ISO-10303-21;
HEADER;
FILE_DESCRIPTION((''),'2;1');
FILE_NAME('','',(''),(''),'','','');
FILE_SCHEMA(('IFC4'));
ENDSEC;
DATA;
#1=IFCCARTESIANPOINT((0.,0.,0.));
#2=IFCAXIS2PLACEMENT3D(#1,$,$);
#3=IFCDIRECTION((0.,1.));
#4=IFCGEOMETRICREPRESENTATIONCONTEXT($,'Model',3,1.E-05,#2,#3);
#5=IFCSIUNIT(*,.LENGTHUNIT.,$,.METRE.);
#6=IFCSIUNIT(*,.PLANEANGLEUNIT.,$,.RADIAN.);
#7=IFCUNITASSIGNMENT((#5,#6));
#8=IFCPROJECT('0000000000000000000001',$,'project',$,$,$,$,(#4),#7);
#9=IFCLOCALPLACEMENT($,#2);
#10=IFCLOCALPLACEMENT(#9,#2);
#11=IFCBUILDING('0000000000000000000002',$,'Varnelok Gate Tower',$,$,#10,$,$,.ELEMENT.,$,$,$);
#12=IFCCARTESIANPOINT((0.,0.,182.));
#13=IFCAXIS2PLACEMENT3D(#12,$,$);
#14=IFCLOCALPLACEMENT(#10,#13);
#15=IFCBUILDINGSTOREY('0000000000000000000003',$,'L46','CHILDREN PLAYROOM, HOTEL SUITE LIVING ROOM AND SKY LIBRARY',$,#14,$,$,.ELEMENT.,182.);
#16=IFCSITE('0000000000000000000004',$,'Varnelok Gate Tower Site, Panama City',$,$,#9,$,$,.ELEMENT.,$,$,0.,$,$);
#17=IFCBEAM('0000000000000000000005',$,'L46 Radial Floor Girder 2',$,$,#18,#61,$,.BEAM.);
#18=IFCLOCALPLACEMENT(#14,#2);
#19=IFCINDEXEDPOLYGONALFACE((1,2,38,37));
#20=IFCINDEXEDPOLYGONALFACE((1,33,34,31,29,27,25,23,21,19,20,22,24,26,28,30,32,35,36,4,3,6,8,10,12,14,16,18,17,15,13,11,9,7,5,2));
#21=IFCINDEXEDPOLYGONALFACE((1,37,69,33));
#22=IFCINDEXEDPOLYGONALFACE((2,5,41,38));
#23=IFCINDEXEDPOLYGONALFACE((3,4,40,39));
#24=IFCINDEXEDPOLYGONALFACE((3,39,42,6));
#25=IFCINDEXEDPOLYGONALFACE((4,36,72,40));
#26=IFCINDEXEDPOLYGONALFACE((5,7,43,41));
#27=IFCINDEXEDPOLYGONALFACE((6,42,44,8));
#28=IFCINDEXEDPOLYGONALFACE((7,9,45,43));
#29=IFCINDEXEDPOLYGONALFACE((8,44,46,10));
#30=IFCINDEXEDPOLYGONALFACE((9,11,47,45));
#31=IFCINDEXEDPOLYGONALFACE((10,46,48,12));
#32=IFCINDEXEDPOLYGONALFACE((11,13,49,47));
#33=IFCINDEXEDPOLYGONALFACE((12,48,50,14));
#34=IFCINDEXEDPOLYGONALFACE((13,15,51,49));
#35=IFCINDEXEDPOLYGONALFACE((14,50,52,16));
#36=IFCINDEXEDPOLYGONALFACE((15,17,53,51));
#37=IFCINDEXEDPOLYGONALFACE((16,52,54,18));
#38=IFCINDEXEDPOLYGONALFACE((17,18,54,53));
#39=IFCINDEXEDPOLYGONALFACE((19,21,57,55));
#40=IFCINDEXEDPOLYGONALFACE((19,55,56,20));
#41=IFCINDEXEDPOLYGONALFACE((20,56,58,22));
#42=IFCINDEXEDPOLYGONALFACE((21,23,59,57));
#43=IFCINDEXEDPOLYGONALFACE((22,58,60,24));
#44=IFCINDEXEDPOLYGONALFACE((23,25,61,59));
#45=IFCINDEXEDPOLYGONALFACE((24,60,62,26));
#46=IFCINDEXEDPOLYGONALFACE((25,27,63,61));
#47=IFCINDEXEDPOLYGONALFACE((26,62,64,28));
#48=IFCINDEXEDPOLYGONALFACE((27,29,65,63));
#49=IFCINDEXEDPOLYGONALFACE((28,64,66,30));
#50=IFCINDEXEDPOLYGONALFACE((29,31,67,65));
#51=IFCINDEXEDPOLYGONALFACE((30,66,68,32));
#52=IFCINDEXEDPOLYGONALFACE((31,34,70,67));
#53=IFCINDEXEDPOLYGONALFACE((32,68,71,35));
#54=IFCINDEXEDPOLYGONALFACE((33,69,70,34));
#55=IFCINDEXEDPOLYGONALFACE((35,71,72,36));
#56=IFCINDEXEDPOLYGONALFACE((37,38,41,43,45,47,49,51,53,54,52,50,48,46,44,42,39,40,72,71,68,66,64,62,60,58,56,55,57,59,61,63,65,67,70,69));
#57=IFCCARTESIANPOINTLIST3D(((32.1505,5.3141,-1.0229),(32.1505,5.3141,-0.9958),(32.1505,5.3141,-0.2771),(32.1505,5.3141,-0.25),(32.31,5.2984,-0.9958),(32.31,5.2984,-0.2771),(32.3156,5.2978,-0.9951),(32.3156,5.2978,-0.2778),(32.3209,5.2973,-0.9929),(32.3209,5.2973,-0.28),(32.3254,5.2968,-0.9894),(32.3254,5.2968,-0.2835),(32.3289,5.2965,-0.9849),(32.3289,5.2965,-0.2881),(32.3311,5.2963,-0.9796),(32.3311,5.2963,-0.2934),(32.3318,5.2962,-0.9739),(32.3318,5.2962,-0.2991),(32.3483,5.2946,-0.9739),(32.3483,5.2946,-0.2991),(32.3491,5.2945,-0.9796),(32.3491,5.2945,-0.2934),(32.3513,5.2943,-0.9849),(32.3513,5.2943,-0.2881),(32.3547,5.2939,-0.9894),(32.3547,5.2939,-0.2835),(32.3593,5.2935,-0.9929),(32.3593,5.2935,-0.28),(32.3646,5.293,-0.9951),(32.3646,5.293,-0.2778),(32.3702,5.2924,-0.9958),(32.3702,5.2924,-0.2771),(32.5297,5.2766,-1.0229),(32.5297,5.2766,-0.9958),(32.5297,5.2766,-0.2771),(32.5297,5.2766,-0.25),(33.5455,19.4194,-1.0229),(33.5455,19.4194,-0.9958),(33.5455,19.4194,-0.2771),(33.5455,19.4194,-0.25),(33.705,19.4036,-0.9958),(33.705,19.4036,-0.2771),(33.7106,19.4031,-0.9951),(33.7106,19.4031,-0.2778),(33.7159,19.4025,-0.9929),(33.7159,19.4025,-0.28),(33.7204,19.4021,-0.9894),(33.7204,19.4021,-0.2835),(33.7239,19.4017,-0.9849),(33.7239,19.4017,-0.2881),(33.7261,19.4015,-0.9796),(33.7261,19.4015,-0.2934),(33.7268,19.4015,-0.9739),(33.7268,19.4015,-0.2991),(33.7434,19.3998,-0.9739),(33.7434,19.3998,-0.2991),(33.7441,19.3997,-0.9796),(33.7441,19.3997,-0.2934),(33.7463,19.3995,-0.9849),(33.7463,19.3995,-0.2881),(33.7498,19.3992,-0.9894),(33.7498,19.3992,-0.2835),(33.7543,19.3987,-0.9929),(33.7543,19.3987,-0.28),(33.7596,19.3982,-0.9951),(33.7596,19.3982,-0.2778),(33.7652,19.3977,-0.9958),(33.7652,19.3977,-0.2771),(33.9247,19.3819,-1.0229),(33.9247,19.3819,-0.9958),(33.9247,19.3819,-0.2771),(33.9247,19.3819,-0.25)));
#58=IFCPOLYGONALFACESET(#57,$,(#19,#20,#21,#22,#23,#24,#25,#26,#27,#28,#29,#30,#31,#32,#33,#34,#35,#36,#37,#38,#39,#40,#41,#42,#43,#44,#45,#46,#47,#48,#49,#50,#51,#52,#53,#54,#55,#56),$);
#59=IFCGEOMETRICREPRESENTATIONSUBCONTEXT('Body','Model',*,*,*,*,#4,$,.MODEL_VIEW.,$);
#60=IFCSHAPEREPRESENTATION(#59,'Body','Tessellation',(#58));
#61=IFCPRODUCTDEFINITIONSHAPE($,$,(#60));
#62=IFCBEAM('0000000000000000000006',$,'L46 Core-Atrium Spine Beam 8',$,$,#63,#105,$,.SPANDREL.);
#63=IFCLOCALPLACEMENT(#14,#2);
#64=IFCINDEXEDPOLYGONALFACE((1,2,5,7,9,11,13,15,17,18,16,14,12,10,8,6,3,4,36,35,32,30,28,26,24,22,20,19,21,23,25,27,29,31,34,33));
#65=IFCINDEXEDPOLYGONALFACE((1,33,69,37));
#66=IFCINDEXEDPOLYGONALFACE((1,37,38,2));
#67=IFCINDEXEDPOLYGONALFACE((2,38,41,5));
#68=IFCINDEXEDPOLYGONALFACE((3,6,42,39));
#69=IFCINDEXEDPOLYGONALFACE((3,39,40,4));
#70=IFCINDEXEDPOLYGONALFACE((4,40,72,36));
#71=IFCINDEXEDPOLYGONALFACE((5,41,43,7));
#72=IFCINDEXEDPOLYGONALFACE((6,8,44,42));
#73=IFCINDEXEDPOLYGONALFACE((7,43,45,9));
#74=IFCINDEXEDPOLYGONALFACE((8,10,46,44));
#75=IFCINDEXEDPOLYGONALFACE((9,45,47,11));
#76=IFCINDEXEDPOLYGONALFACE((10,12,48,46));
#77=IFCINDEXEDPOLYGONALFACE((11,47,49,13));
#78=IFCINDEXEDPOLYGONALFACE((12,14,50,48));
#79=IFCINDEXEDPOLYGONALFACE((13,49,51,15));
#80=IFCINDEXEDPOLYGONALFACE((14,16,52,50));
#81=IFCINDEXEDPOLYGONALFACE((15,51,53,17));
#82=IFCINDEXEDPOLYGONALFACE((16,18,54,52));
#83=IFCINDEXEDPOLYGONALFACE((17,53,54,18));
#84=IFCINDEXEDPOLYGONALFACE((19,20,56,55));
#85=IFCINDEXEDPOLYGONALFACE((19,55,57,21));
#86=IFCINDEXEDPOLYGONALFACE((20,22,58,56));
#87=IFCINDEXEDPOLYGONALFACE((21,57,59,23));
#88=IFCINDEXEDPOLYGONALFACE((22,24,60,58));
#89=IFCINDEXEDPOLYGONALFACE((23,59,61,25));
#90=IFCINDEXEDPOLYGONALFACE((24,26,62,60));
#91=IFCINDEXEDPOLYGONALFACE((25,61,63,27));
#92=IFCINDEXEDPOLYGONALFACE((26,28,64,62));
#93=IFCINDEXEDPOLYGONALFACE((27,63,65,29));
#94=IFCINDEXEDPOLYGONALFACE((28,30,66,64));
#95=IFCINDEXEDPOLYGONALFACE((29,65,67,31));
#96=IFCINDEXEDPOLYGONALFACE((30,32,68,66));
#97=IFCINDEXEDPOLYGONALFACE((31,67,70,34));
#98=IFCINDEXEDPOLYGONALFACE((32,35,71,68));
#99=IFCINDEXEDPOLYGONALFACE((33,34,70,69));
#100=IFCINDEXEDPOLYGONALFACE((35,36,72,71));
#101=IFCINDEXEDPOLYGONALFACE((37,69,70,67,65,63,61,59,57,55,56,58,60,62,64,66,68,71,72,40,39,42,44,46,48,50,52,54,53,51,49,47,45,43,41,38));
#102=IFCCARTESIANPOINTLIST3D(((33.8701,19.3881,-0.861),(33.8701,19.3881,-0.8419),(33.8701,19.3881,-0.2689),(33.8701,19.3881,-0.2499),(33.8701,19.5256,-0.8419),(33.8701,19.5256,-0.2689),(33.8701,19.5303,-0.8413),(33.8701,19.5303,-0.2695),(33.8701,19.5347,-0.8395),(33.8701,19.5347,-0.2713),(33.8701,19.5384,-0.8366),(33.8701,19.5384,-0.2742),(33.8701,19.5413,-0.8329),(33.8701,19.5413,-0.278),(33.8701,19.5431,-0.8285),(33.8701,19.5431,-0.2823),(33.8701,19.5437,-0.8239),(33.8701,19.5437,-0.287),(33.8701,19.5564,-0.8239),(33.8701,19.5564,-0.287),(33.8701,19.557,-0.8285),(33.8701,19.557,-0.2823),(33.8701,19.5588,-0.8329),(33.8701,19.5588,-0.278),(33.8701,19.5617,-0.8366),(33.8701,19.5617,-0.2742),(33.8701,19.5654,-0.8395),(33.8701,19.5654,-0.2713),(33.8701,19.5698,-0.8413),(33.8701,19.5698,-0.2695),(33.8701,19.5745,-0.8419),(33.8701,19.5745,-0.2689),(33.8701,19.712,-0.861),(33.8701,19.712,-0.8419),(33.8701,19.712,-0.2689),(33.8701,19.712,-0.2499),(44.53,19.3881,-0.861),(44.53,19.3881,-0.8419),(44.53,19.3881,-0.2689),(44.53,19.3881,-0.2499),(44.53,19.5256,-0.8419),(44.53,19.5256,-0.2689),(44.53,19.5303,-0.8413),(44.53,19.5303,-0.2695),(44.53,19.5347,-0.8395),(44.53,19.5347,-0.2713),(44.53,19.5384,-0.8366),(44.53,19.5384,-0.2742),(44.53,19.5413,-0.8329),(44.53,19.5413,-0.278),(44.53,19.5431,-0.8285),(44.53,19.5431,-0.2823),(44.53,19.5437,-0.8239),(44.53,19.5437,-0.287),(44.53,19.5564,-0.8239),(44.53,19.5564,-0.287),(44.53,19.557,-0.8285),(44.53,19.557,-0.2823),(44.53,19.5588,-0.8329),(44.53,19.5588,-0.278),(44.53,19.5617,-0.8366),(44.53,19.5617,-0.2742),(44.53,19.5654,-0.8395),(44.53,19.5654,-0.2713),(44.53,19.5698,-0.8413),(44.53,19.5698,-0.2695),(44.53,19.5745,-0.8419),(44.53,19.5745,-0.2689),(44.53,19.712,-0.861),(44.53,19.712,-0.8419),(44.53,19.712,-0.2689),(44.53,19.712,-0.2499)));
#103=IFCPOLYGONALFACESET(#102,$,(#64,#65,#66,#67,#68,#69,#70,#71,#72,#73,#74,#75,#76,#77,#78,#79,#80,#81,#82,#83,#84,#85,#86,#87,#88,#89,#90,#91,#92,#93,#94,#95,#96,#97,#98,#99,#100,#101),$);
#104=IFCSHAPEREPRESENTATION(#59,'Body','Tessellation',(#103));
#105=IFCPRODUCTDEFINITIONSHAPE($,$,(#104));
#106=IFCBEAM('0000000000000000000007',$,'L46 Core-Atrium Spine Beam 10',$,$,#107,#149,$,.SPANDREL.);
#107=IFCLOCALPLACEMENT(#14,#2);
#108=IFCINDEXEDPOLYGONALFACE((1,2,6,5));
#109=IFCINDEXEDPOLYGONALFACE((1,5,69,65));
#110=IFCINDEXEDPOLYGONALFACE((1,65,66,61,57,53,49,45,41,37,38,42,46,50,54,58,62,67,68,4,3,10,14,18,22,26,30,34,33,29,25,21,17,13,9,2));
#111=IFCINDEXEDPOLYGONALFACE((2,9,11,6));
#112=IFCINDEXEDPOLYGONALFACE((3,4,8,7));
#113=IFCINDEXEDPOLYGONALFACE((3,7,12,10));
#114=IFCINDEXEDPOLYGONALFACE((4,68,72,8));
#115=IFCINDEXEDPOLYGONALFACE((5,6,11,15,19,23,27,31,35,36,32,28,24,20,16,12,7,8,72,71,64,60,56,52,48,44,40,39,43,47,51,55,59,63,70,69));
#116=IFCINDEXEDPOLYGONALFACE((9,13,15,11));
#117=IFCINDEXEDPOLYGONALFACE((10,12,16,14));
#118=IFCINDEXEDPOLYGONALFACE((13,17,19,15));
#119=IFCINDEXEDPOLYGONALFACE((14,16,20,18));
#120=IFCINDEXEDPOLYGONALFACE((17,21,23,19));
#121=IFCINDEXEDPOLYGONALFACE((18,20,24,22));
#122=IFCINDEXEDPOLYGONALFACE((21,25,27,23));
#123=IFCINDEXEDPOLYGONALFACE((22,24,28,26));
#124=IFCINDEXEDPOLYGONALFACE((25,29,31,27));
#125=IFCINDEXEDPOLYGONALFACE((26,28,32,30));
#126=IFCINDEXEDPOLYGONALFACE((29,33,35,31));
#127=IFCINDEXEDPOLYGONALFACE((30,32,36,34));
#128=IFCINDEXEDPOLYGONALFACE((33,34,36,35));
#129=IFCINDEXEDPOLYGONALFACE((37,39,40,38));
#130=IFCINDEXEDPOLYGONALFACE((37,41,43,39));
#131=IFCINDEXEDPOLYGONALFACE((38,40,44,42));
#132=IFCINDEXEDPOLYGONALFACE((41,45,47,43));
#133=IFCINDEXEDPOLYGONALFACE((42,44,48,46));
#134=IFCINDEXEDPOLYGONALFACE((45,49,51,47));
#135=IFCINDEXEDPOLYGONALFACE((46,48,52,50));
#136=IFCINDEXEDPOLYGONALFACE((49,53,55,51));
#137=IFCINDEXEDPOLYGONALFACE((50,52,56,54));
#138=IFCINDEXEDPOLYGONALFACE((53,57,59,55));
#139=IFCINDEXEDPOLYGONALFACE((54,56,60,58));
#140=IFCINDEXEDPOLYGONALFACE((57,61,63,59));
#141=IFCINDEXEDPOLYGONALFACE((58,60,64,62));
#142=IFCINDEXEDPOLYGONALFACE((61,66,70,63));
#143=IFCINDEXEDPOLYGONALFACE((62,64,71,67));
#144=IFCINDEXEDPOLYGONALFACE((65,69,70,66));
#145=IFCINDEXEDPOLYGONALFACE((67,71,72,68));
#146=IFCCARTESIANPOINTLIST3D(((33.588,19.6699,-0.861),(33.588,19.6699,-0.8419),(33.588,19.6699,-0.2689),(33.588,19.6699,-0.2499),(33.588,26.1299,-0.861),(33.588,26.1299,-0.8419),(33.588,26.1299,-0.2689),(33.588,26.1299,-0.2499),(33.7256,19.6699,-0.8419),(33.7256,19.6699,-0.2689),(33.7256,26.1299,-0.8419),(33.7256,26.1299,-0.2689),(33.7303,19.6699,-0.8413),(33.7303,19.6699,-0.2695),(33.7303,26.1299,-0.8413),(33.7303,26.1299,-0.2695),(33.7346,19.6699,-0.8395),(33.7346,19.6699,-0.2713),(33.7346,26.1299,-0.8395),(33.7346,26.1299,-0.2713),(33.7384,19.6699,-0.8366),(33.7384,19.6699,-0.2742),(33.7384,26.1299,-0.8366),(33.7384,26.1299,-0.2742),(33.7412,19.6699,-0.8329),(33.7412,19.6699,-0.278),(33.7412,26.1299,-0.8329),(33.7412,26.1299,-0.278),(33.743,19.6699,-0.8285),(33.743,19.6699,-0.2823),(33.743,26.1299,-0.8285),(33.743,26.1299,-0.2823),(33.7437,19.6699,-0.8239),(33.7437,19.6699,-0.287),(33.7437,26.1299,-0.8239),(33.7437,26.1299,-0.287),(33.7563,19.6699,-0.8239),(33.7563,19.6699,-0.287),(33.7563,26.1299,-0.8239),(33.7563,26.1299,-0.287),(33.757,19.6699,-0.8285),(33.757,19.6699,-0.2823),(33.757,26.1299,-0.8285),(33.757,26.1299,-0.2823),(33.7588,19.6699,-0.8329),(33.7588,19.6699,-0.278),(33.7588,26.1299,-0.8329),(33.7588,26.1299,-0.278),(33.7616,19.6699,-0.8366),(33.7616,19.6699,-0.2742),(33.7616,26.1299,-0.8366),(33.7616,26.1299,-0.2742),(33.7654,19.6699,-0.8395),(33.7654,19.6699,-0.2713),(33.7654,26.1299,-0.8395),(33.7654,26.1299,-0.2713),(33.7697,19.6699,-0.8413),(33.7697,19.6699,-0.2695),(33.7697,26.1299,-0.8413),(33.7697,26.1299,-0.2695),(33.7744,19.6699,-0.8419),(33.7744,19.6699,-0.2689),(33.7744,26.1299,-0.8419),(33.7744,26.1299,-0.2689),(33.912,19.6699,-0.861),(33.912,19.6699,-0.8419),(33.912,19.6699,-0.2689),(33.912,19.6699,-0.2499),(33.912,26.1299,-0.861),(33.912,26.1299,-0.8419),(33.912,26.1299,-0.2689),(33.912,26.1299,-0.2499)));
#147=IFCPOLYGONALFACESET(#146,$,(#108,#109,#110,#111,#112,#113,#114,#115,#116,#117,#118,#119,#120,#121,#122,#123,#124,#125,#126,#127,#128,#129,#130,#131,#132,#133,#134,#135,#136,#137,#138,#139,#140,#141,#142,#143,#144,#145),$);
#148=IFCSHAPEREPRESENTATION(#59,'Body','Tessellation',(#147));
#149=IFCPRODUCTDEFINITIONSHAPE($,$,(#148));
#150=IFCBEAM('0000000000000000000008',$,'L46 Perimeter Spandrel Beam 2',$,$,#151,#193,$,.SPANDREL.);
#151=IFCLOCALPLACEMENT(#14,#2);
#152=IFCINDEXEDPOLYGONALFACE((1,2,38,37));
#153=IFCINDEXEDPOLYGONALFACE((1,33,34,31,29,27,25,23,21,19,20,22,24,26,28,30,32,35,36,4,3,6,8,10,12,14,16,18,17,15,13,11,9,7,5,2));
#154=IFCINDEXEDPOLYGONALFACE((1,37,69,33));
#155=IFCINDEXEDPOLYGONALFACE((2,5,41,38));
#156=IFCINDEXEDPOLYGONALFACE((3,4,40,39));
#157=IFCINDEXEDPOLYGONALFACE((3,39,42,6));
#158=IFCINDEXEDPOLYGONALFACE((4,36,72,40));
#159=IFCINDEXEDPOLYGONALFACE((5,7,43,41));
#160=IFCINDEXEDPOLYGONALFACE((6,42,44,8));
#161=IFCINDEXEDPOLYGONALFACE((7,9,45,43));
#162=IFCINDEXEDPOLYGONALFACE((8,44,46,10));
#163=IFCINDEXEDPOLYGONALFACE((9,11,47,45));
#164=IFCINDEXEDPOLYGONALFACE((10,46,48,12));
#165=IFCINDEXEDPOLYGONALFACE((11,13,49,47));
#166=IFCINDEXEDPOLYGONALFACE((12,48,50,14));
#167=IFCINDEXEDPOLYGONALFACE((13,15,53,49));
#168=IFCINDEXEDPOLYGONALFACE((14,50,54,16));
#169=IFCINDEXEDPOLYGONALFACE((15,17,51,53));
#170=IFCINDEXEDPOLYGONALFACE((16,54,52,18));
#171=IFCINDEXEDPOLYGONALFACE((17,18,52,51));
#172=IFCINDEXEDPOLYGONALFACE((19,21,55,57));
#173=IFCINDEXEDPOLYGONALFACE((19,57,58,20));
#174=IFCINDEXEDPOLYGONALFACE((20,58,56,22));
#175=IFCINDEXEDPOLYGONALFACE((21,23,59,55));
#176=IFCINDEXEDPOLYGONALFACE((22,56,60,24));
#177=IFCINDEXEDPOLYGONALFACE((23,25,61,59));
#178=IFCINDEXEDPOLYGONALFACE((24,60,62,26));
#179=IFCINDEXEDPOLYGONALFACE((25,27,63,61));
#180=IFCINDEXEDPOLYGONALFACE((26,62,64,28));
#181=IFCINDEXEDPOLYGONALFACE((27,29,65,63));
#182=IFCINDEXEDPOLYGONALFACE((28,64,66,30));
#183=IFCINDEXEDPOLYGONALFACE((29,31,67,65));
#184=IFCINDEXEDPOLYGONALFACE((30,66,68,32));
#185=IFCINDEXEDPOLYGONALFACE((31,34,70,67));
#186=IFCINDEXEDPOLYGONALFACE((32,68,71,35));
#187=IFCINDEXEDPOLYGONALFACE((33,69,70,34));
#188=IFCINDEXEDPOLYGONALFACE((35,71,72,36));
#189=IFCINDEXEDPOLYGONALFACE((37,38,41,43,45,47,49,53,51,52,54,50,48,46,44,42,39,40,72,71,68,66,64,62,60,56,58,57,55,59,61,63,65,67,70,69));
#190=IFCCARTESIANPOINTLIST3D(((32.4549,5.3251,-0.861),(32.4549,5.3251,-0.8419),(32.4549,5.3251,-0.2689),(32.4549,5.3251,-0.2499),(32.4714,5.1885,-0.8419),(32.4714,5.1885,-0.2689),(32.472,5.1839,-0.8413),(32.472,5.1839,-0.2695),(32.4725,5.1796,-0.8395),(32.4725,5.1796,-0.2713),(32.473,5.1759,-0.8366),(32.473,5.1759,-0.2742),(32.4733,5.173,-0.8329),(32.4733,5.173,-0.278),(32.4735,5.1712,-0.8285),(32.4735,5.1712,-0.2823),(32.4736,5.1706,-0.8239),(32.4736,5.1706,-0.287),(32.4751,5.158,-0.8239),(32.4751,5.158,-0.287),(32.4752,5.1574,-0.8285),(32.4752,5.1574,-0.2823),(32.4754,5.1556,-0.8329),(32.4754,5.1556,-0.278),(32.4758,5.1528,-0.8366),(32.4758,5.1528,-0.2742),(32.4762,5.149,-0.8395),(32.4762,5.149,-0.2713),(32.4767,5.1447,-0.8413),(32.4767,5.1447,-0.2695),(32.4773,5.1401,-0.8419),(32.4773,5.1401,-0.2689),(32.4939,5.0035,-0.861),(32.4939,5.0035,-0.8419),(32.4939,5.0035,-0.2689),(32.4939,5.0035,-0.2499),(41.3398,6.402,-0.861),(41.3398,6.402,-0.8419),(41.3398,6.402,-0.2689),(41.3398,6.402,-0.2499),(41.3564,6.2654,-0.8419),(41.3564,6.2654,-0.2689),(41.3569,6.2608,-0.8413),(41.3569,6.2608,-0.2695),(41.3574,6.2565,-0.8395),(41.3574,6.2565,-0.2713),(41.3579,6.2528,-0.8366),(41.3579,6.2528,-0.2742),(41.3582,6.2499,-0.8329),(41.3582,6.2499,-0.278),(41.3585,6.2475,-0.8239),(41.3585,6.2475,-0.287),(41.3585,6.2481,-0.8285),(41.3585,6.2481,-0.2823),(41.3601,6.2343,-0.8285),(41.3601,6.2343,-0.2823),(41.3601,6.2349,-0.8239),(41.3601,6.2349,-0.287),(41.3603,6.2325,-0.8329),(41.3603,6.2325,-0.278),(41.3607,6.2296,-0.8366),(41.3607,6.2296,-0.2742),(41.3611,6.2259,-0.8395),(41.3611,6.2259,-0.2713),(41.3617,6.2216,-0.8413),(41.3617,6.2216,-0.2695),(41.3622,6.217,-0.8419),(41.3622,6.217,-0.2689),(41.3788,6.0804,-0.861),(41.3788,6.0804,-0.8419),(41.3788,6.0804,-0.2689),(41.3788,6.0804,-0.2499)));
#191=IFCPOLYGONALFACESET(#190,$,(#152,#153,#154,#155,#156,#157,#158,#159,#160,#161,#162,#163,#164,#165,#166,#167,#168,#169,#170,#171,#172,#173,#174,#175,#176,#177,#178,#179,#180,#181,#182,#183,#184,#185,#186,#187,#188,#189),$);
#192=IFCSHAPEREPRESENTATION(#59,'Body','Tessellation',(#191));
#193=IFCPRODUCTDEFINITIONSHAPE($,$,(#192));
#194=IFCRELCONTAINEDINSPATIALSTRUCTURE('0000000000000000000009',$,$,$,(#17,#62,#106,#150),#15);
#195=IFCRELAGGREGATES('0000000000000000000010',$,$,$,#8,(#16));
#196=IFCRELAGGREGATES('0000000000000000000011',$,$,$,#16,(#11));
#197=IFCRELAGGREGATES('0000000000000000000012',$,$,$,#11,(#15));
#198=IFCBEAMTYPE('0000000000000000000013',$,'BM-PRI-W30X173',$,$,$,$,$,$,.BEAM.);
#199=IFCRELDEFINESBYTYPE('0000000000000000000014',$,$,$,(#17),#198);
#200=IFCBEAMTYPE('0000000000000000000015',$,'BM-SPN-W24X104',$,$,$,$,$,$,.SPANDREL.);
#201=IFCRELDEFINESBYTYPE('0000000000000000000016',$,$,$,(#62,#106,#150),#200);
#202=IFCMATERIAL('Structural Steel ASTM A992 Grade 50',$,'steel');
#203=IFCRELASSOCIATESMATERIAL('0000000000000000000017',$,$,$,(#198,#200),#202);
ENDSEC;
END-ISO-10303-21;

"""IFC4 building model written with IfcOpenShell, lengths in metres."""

from ifc_helpers import new_model, si_unit, direction, frame, origin, origin_2d, place, context, subcontext, project, spatial, i_section, extrude, material, material_profile, profile_set, type_object, element, save


model = new_model("IFC4")

# Units and contexts
model_context = context("Model", 3, precision=1e-05, world=origin(), true_north=direction((0.0, 1.0)))
body_context = subcontext(model_context, "Body", "Model", "MODEL_VIEW")
ifc_project = project(units=[si_unit("LENGTHUNIT", "METRE"), si_unit("PLANEANGLEUNIT", "RADIAN")], contexts=[model_context])

# Site, building, storey
site_placement = place(None, origin())
site = spatial("IfcSite", under=ifc_project, at=site_placement, Name="Varnelok Gate Tower Site, Panama City", CompositionType="ELEMENT", RefElevation=0.0)
building_placement = place(site_placement, origin())
building = spatial("IfcBuilding", under=site, at=building_placement, Name="Varnelok Gate Tower", CompositionType="ELEMENT")
storey_placement = place(building_placement, frame((0.0, 0.0, 182.0)))
storey = spatial("IfcBuildingStorey", under=building, at=storey_placement, Name="L46", Description="CHILDREN PLAYROOM, HOTEL SUITE LIVING ROOM AND SKY LIBRARY", CompositionType="ELEMENT", Elevation=182.0)

# Shared definitions
ifc_material_1 = material(Name="Structural Steel ASTM A992 Grade 50", Category="steel")

# Beams
ifc_material_profile_1 = material_profile(ifc_material_1, i_section(OverallWidth=0.3811, OverallDepth=0.7729, WebThickness=0.0166, FlangeThickness=0.0271, FilletRadius=0.022, at=origin_2d()), Name="W30X173")
ifc_profile_set_1 = profile_set([ifc_material_profile_1], Name="Structural Steel ASTM A992 Grade 50")
beam_type_1 = type_object("IfcBeamType", Name="BM-PRI-W30X173", PredefinedType="BEAM", material=ifc_profile_set_1)
beam_1_placement = place(storey_placement, frame((33.7351, 19.4006, -0.6365), z_axis=(-0.098421, -0.995145, 0.0), x_axis=(0.995145, -0.098421, 0.0)))
element("IfcBeam", 1, at=beam_1_placement, inside=storey, type_object=beam_type_1, Name="L46 Radial Floor Girder 2", PredefinedType="BEAM", context=body_context, shape_type="SweptSolid", body=[
    extrude(i_section(OverallWidth=0.3811, OverallDepth=0.7729, WebThickness=0.0166, FlangeThickness=0.0271, FilletRadius=0.022, at=origin_2d()), origin(), (0.0, 0.0, 1.0), 14.1741),
])
ifc_material_profile_2 = material_profile(ifc_material_1, i_section(OverallWidth=0.324, OverallDepth=0.6111, WebThickness=0.0127, FlangeThickness=0.019, FilletRadius=0.0181, at=origin_2d()), Name="W24X104")
ifc_profile_set_2 = profile_set([ifc_material_profile_2], Name="Structural Steel ASTM A992 Grade 50")
beam_type_2 = type_object("IfcBeamType", Name="BM-SPN-W24X104", PredefinedType="SPANDREL", material=ifc_profile_set_2)
beam_2_placement = place(storey_placement, frame((33.8701, 19.55, -0.5554), z_axis=(1.0, 0.0, 0.0), x_axis=(0.0, 1.0, 0.0)))
element("IfcBeam", 2, at=beam_2_placement, inside=storey, type_object=beam_type_2, Name="L46 Core-Atrium Spine Beam 8", PredefinedType="SPANDREL", context=body_context, shape_type="SweptSolid", body=[
    extrude(i_section(OverallWidth=0.324, OverallDepth=0.6111, WebThickness=0.0127, FlangeThickness=0.019, FilletRadius=0.0181, at=origin_2d()), origin(), (0.0, 0.0, 1.0), 10.6599),
])
beam_3_placement = place(storey_placement, frame((33.75, 19.6699, -0.5554), z_axis=(0.0, 1.0, 0.0), x_axis=(-1.0, 0.0, 0.0)))
element("IfcBeam", 3, at=beam_3_placement, inside=storey, type_object=beam_type_2, Name="L46 Core-Atrium Spine Beam 10", PredefinedType="SPANDREL", context=body_context, shape_type="SweptSolid", body=[
    extrude(i_section(OverallWidth=0.324, OverallDepth=0.6111, WebThickness=0.0127, FlangeThickness=0.019, FilletRadius=0.0181, at=origin_2d()), origin(), (0.0, 0.0, 1.0), 6.46),
])
beam_4_placement = place(storey_placement, frame((32.4744, 5.1643, -0.5554), z_axis=(0.992735, 0.120324, 0.0), x_axis=(-0.120324, 0.992735, 0.0)))
element("IfcBeam", 4, at=beam_4_placement, inside=storey, type_object=beam_type_2, Name="L46 Perimeter Spandrel Beam 2", PredefinedType="SPANDREL", context=body_context, shape_type="SweptSolid", body=[
    extrude(i_section(OverallWidth=0.324, OverallDepth=0.6111, WebThickness=0.0127, FlangeThickness=0.019, FilletRadius=0.0181, at=origin_2d()), origin(), (0.0, 0.0, 1.0), 8.95),
])

save(model, "model.ifc")
